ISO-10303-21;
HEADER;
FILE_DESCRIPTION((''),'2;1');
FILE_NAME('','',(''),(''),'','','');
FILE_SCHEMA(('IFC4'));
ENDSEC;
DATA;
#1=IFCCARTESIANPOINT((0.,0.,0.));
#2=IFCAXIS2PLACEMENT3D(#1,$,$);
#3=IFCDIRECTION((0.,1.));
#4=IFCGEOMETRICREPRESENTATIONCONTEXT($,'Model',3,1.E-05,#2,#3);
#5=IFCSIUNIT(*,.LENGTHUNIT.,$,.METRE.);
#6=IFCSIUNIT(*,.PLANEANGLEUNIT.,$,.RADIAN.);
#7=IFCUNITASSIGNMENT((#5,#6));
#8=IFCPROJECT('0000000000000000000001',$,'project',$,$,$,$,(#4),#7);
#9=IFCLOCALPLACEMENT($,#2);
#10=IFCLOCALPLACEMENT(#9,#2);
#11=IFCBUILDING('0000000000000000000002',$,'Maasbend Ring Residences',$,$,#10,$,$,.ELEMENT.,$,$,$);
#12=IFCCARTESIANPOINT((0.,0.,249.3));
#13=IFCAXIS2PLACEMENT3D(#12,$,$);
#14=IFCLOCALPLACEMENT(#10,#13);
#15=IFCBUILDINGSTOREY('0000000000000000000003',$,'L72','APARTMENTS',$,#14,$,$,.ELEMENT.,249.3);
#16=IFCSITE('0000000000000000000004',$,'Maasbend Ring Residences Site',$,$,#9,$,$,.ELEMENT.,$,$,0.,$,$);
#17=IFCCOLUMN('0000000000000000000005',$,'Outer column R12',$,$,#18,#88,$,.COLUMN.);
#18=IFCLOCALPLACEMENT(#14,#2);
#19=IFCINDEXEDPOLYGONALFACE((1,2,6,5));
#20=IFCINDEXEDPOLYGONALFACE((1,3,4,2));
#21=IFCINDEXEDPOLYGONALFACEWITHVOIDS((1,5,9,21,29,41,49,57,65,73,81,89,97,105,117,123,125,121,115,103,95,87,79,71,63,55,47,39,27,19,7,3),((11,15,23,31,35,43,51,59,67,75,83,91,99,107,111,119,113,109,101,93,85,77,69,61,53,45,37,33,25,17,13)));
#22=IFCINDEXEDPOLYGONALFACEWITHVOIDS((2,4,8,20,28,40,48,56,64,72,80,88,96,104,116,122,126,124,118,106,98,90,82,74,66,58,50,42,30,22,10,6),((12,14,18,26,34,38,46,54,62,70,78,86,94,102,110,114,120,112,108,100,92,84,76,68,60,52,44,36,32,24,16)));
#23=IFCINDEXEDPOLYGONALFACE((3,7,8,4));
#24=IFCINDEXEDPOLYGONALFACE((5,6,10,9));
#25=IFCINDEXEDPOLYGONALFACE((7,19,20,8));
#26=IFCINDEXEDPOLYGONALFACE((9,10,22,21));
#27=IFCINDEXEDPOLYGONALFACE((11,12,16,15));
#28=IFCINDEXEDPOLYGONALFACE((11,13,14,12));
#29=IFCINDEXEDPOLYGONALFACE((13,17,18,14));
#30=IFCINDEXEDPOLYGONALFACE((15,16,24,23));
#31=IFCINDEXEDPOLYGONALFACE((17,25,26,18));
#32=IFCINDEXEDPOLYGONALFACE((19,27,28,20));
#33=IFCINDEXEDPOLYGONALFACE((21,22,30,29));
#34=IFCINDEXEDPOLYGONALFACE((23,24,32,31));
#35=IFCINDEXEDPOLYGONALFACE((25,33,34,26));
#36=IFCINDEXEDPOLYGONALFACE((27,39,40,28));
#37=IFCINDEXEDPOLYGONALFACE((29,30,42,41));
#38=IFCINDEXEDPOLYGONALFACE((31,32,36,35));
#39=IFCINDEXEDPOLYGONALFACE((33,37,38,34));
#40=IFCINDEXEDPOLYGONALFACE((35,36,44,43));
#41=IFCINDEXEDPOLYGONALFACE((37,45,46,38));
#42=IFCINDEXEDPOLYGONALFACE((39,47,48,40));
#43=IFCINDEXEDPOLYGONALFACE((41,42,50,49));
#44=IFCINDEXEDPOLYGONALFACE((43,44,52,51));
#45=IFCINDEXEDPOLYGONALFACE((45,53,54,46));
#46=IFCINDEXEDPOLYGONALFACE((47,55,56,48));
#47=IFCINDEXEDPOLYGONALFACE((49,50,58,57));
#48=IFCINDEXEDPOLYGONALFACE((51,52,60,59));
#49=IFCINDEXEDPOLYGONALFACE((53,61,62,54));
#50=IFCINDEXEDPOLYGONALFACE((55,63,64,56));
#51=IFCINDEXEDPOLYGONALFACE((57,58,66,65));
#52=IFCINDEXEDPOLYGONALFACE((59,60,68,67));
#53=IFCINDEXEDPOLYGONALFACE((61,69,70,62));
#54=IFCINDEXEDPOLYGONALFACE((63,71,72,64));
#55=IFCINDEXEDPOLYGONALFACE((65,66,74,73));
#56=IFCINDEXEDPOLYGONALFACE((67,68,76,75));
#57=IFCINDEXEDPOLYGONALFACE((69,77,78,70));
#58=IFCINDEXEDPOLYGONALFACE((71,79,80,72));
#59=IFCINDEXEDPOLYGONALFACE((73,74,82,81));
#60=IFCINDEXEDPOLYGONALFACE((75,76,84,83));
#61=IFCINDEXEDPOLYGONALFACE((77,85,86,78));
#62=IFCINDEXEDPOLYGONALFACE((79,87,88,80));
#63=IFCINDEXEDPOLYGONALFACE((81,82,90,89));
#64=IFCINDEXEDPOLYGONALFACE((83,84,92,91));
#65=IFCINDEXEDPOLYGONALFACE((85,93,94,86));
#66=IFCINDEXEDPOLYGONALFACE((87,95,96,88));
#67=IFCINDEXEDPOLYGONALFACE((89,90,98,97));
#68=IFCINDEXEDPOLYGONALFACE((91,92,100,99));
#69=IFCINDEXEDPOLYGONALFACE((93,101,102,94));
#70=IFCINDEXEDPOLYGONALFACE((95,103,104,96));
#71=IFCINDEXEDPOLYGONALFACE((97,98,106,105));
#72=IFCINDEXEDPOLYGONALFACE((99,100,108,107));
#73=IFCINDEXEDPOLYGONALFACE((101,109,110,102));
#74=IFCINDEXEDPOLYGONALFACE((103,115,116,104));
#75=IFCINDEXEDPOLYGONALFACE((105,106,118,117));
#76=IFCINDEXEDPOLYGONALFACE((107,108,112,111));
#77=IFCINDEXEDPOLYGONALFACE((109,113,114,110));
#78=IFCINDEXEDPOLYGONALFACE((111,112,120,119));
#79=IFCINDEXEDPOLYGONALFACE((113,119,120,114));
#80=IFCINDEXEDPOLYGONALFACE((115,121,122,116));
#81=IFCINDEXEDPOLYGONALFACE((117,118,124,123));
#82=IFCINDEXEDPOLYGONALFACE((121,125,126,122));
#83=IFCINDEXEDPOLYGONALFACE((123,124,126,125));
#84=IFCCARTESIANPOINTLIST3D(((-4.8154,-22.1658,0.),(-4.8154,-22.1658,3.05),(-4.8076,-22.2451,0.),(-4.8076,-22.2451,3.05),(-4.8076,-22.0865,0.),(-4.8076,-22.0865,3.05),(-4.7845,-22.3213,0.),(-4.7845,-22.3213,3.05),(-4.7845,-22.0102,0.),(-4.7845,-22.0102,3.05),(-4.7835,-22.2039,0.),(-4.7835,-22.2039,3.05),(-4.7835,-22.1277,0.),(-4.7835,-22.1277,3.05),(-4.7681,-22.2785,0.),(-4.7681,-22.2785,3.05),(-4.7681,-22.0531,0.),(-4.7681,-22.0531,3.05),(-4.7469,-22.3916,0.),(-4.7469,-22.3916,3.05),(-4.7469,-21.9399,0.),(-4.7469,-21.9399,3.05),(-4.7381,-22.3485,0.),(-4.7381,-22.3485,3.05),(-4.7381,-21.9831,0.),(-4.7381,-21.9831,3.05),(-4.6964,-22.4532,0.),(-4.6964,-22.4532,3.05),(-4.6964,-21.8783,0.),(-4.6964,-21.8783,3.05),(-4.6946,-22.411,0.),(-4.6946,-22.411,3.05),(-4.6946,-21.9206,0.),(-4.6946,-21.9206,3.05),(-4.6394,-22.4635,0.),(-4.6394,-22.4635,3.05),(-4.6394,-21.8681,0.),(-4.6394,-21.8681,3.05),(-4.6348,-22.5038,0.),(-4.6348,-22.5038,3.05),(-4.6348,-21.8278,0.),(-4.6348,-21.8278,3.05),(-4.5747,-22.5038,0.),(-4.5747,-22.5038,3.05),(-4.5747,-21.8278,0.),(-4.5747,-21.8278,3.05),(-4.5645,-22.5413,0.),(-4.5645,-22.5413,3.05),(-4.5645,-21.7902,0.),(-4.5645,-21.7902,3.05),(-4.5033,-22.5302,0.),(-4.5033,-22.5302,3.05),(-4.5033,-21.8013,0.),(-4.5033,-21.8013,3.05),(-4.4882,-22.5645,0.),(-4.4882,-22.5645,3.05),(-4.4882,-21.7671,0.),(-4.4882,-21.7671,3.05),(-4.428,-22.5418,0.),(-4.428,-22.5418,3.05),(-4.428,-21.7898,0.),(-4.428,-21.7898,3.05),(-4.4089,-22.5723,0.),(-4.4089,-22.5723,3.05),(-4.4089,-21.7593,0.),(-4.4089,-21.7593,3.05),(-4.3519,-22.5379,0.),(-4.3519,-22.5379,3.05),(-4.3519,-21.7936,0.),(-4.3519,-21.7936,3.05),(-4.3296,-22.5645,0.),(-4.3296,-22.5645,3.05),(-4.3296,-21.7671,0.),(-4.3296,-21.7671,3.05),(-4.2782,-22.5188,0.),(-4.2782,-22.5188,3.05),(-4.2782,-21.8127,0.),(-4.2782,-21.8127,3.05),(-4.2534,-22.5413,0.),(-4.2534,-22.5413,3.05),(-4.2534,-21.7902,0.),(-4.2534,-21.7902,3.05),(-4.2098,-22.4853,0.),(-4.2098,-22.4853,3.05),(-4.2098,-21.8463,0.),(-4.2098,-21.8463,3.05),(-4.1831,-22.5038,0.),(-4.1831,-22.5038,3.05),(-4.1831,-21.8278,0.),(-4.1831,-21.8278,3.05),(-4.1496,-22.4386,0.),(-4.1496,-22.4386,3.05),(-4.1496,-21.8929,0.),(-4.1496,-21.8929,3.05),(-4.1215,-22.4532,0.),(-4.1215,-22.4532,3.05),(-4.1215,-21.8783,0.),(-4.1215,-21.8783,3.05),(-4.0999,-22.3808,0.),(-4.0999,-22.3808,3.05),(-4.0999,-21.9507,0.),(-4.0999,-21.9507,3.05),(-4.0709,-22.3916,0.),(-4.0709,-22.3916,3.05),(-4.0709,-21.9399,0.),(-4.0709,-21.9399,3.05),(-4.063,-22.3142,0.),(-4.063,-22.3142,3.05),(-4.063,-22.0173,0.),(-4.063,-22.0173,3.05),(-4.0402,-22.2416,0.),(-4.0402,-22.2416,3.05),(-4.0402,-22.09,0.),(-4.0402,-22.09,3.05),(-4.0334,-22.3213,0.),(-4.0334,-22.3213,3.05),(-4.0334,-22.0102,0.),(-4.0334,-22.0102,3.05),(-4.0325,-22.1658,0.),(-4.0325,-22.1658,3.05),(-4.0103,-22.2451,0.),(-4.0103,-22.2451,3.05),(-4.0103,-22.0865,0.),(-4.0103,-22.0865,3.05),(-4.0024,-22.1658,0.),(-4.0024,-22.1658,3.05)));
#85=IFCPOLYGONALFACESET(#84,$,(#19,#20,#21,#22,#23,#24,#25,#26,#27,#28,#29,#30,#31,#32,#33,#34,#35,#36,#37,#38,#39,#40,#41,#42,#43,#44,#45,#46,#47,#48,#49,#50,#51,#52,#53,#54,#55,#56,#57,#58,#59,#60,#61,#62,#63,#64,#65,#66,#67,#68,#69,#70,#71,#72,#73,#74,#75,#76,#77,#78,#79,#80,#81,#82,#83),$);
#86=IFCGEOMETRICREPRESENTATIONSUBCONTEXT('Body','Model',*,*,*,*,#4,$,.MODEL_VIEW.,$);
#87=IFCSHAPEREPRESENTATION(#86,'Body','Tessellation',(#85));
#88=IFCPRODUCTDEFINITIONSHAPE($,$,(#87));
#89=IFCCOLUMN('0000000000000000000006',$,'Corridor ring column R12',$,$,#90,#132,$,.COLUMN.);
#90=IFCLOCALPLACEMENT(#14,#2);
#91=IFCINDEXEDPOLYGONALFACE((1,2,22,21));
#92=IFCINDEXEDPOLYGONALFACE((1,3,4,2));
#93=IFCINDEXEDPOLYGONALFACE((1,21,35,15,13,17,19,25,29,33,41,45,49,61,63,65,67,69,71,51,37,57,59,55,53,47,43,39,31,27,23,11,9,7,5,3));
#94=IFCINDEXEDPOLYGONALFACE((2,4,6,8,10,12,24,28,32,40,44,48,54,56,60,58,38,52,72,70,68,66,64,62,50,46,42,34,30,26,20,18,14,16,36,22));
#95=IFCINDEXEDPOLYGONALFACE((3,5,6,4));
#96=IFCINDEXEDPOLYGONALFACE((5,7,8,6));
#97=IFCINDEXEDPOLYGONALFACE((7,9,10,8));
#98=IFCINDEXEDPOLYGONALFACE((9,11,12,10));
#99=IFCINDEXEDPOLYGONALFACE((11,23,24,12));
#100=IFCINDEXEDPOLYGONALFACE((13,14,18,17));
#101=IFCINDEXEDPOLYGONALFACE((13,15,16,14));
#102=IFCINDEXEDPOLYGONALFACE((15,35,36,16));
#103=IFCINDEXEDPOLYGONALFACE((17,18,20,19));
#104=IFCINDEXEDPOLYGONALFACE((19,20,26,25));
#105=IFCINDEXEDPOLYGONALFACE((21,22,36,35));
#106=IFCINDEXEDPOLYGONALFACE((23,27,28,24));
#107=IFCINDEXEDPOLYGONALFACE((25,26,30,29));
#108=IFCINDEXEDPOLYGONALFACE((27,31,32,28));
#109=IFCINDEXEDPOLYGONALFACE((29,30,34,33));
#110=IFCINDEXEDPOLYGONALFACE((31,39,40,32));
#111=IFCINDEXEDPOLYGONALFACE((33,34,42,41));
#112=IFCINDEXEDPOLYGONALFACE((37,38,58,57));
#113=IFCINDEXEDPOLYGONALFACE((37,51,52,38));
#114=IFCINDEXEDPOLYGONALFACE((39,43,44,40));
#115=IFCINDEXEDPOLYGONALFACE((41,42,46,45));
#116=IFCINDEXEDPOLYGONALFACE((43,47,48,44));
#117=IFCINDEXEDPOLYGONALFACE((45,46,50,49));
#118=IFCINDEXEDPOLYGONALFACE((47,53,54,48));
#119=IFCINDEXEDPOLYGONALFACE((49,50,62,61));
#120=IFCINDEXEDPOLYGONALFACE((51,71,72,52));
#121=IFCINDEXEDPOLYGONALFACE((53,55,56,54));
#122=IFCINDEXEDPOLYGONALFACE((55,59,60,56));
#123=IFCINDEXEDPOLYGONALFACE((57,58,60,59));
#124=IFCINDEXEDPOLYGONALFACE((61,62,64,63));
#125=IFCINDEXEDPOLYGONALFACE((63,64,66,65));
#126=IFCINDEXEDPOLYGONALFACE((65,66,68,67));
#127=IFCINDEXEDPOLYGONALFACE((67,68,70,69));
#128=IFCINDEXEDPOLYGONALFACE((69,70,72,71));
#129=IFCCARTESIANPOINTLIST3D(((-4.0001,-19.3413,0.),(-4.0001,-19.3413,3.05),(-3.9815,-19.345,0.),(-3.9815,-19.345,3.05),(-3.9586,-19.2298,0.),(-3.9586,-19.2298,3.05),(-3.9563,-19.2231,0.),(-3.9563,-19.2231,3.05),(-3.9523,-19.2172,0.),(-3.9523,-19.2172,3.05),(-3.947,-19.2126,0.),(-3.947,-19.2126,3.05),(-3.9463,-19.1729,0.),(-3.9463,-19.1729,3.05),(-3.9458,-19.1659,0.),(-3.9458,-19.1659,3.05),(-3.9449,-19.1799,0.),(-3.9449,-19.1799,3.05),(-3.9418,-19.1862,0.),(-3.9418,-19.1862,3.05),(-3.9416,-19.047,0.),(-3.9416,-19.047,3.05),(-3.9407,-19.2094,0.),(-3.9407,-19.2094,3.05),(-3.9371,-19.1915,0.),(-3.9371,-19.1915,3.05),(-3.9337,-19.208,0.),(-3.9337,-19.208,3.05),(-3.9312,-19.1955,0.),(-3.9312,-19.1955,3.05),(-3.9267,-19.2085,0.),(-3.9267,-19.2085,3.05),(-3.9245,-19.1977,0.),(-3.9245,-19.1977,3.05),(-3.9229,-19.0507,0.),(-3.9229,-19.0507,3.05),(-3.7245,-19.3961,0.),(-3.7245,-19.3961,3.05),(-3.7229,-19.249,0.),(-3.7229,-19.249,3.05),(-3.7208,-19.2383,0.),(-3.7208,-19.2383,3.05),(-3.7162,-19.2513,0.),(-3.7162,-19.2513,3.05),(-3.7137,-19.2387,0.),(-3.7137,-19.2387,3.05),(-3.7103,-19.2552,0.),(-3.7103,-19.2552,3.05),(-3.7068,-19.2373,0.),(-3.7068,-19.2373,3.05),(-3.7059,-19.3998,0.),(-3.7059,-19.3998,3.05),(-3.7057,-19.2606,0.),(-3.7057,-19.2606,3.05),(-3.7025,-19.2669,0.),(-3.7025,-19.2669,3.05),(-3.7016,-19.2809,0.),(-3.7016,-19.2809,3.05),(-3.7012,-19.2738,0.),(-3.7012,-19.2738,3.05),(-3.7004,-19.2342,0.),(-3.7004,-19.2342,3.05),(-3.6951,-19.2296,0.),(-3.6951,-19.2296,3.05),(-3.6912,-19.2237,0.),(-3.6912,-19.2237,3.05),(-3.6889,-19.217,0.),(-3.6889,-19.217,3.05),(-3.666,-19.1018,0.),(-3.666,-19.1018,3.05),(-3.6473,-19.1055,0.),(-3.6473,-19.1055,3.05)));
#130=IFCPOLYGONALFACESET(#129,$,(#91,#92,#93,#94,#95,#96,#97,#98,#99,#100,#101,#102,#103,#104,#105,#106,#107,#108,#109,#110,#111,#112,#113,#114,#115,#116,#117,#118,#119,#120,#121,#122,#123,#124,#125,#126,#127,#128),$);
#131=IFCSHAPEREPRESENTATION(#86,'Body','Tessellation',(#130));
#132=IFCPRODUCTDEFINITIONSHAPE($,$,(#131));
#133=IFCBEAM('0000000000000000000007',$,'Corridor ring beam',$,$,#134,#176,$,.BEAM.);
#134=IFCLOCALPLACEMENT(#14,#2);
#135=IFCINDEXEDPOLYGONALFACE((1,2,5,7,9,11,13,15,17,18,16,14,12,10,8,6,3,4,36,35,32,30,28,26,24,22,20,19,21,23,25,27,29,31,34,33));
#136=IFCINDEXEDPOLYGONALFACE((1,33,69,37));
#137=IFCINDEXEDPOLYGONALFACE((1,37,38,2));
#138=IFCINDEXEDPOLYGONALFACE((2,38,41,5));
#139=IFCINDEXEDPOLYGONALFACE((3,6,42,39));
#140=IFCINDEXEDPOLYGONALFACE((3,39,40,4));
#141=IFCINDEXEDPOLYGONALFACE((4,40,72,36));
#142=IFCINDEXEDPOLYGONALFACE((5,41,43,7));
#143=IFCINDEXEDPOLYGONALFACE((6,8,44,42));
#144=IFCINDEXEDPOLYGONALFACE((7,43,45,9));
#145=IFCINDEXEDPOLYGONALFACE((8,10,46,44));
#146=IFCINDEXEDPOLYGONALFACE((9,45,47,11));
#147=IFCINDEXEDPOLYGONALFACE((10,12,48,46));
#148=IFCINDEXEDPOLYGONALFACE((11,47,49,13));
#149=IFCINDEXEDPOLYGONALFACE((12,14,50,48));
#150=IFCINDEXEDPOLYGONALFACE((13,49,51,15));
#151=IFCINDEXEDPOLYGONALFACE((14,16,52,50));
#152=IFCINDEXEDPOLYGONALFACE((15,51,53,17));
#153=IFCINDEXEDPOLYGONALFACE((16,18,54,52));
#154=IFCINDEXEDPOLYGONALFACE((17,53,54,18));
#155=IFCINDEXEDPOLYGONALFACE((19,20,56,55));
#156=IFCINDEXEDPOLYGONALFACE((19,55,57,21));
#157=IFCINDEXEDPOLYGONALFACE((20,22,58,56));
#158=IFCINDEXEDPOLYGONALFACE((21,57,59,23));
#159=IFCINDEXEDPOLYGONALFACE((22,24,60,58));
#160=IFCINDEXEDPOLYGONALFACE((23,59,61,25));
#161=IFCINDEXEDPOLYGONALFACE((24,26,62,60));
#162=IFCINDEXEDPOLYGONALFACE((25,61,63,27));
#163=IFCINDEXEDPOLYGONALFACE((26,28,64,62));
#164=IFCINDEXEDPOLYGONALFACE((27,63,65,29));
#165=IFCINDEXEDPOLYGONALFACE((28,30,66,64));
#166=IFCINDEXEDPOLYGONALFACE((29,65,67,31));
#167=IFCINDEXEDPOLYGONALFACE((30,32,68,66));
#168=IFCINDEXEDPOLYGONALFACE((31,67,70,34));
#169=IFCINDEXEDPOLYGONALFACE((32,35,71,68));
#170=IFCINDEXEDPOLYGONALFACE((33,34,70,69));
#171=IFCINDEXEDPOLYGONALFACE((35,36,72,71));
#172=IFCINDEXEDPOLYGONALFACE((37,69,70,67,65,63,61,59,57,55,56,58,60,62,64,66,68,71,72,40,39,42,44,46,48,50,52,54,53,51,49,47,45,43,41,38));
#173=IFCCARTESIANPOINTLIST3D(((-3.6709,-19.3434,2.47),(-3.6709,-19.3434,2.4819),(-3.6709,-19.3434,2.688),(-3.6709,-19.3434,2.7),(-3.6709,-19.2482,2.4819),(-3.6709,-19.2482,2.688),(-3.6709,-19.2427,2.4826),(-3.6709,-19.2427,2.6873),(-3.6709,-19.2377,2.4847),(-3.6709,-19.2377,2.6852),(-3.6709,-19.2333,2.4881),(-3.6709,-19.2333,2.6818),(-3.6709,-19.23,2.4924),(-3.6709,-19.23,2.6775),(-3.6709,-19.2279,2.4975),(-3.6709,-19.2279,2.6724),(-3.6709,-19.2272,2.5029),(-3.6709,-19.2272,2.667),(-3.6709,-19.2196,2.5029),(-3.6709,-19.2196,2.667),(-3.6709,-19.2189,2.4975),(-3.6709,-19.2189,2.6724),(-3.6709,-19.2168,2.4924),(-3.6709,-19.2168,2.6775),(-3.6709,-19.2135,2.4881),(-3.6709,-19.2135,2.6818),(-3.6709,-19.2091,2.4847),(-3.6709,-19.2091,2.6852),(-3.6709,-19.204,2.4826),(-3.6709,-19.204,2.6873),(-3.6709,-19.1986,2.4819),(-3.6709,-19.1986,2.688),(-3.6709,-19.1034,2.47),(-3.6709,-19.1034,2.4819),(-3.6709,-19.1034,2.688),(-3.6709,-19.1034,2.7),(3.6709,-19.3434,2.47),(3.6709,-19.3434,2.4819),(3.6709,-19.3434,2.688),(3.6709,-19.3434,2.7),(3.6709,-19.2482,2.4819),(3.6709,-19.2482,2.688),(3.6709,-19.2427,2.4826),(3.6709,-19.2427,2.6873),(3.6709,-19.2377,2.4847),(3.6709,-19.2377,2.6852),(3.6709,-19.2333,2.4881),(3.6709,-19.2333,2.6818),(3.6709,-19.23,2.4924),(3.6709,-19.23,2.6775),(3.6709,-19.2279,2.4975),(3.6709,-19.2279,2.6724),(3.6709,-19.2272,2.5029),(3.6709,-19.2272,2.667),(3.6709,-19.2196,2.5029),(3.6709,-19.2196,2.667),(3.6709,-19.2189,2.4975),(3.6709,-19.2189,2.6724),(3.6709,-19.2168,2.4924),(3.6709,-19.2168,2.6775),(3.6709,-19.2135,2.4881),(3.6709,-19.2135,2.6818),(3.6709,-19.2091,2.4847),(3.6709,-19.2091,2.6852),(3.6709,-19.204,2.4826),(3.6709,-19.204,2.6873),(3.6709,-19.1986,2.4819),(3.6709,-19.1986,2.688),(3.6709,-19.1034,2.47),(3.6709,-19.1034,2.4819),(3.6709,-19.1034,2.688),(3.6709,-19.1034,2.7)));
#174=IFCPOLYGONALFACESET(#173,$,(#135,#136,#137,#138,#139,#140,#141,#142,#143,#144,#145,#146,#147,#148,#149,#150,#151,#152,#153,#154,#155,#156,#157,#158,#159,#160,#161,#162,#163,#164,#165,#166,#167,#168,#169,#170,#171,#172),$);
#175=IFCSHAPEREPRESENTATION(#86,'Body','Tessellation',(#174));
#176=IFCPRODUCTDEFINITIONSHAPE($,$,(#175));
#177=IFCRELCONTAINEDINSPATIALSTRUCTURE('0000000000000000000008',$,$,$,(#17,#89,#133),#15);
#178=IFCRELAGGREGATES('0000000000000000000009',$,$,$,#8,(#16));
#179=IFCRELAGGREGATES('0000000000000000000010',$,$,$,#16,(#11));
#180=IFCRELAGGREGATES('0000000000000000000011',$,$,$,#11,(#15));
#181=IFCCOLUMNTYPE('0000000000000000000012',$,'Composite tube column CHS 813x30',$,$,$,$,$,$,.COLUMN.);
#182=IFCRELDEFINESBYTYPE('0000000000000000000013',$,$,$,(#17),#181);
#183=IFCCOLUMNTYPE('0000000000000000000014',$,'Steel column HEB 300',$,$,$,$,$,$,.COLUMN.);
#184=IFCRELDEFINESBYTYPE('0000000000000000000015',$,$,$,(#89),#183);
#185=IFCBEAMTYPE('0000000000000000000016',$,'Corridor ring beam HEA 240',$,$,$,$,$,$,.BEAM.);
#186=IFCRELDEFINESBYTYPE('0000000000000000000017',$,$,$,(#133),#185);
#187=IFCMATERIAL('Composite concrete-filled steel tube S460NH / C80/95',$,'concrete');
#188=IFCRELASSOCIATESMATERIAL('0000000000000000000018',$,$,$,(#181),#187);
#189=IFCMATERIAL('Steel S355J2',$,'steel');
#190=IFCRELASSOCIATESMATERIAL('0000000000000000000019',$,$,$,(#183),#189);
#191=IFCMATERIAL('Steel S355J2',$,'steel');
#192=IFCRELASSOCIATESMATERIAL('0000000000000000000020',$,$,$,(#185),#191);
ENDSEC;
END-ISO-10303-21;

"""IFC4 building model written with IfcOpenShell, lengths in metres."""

from ifc_helpers import new_model, si_unit, direction, frame, origin, origin_2d, place, context, subcontext, project, spatial, hollow_circle, i_section, extrude, material, material_profile, profile_set, type_object, element, save


model = new_model("IFC4")

# Units and contexts
model_context = context("Model", 3, precision=1e-05, world=origin(), true_north=direction((0.0, 1.0)))
body_context = subcontext(model_context, "Body", "Model", "MODEL_VIEW")
ifc_project = project(units=[si_unit("LENGTHUNIT", "METRE"), si_unit("PLANEANGLEUNIT", "RADIAN")], contexts=[model_context])

# Site, building, storey
site_placement = place(None, origin())
site = spatial("IfcSite", under=ifc_project, at=site_placement, Name="Maasbend Ring Residences Site", CompositionType="ELEMENT", RefElevation=0.0)
building_placement = place(site_placement, origin())
building = spatial("IfcBuilding", under=site, at=building_placement, Name="Maasbend Ring Residences", CompositionType="ELEMENT")
storey_placement = place(building_placement, frame((0.0, 0.0, 249.3)))
storey = spatial("IfcBuildingStorey", under=building, at=storey_placement, Name="L72", Description="APARTMENTS", CompositionType="ELEMENT", Elevation=249.3)

# Columns
ifc_material_1 = material(Name="Composite concrete-filled steel tube S460NH / C80/95", Category="concrete")
ifc_material_profile_1 = material_profile(ifc_material_1, hollow_circle(Radius=0.4065, WallThickness=0.03, at=origin_2d()), Name="Composite tube column CHS 813x30")
ifc_profile_set_1 = profile_set([ifc_material_profile_1], Name="Composite concrete-filled steel tube S460NH / C80/95")
column_type_1 = type_object("IfcColumnType", Name="Composite tube column CHS 813x30", PredefinedType="COLUMN", material=ifc_profile_set_1)
column_1_placement = place(storey_placement, frame((-4.4089, -22.1658, 0.0), z_axis=(0.0, 0.0, 1.0), x_axis=(1.0, 0.0, 0.0)))
element("IfcColumn", 1, at=column_1_placement, inside=storey, type_object=column_type_1, Name="Outer column R12", PredefinedType="COLUMN", context=body_context, shape_type="SweptSolid", body=[
    extrude(hollow_circle(Radius=0.4065, WallThickness=0.03, at=origin_2d()), origin(), (0.0, 0.0, 1.0), 3.05),
])
ifc_material_2 = material(Name="Steel S355J2", Category="steel")
ifc_material_profile_2 = material_profile(ifc_material_2, i_section(OverallWidth=0.3, OverallDepth=0.3, WebThickness=0.011, FlangeThickness=0.019, FilletRadius=0.0271, at=origin_2d()), Name="HEB 300")
ifc_profile_set_2 = profile_set([ifc_material_profile_2], Name="Steel S355J2")
column_type_2 = type_object("IfcColumnType", Name="Steel column HEB 300", PredefinedType="COLUMN", material=ifc_profile_set_2)
column_2_placement = place(storey_placement, frame((-3.8237, -19.2234, 0.0), z_axis=(0.0, 0.0, 1.0), x_axis=(-0.19509, -0.980785, 0.0)))
element("IfcColumn", 2, at=column_2_placement, inside=storey, type_object=column_type_2, Name="Corridor ring column R12", PredefinedType="COLUMN", context=body_context, shape_type="SweptSolid", body=[
    extrude(i_section(OverallWidth=0.3, OverallDepth=0.3, WebThickness=0.011, FlangeThickness=0.019, FilletRadius=0.0271, at=origin_2d()), origin(), (0.0, 0.0, 1.0), 3.05),
])

# Beam
ifc_material_3 = material(Name="Steel S355J2", Category="steel")
ifc_material_profile_3 = material_profile(ifc_material_3, i_section(OverallWidth=0.24, OverallDepth=0.23, WebThickness=0.0076, FlangeThickness=0.012, FilletRadius=0.021, at=origin_2d()), Name="HEA 240")
ifc_profile_set_3 = profile_set([ifc_material_profile_3], Name="Steel S355J2")
beam_type_1 = type_object("IfcBeamType", Name="Corridor ring beam HEA 240", PredefinedType="BEAM", material=ifc_profile_set_3)
beam_1_placement = place(storey_placement, frame((-3.6709, -19.2234, 2.585), z_axis=(1.0, 0.0, 0.0), x_axis=(0.0, 1.0, 0.0)))
element("IfcBeam", 3, at=beam_1_placement, inside=storey, type_object=beam_type_1, Name="Corridor ring beam", PredefinedType="BEAM", context=body_context, shape_type="SweptSolid", body=[
    extrude(i_section(OverallWidth=0.24, OverallDepth=0.23, WebThickness=0.0076, FlangeThickness=0.012, FilletRadius=0.021, at=origin_2d()), origin(), (0.0, 0.0, 1.0), 7.3418),
])

save(model, "model.ifc")
